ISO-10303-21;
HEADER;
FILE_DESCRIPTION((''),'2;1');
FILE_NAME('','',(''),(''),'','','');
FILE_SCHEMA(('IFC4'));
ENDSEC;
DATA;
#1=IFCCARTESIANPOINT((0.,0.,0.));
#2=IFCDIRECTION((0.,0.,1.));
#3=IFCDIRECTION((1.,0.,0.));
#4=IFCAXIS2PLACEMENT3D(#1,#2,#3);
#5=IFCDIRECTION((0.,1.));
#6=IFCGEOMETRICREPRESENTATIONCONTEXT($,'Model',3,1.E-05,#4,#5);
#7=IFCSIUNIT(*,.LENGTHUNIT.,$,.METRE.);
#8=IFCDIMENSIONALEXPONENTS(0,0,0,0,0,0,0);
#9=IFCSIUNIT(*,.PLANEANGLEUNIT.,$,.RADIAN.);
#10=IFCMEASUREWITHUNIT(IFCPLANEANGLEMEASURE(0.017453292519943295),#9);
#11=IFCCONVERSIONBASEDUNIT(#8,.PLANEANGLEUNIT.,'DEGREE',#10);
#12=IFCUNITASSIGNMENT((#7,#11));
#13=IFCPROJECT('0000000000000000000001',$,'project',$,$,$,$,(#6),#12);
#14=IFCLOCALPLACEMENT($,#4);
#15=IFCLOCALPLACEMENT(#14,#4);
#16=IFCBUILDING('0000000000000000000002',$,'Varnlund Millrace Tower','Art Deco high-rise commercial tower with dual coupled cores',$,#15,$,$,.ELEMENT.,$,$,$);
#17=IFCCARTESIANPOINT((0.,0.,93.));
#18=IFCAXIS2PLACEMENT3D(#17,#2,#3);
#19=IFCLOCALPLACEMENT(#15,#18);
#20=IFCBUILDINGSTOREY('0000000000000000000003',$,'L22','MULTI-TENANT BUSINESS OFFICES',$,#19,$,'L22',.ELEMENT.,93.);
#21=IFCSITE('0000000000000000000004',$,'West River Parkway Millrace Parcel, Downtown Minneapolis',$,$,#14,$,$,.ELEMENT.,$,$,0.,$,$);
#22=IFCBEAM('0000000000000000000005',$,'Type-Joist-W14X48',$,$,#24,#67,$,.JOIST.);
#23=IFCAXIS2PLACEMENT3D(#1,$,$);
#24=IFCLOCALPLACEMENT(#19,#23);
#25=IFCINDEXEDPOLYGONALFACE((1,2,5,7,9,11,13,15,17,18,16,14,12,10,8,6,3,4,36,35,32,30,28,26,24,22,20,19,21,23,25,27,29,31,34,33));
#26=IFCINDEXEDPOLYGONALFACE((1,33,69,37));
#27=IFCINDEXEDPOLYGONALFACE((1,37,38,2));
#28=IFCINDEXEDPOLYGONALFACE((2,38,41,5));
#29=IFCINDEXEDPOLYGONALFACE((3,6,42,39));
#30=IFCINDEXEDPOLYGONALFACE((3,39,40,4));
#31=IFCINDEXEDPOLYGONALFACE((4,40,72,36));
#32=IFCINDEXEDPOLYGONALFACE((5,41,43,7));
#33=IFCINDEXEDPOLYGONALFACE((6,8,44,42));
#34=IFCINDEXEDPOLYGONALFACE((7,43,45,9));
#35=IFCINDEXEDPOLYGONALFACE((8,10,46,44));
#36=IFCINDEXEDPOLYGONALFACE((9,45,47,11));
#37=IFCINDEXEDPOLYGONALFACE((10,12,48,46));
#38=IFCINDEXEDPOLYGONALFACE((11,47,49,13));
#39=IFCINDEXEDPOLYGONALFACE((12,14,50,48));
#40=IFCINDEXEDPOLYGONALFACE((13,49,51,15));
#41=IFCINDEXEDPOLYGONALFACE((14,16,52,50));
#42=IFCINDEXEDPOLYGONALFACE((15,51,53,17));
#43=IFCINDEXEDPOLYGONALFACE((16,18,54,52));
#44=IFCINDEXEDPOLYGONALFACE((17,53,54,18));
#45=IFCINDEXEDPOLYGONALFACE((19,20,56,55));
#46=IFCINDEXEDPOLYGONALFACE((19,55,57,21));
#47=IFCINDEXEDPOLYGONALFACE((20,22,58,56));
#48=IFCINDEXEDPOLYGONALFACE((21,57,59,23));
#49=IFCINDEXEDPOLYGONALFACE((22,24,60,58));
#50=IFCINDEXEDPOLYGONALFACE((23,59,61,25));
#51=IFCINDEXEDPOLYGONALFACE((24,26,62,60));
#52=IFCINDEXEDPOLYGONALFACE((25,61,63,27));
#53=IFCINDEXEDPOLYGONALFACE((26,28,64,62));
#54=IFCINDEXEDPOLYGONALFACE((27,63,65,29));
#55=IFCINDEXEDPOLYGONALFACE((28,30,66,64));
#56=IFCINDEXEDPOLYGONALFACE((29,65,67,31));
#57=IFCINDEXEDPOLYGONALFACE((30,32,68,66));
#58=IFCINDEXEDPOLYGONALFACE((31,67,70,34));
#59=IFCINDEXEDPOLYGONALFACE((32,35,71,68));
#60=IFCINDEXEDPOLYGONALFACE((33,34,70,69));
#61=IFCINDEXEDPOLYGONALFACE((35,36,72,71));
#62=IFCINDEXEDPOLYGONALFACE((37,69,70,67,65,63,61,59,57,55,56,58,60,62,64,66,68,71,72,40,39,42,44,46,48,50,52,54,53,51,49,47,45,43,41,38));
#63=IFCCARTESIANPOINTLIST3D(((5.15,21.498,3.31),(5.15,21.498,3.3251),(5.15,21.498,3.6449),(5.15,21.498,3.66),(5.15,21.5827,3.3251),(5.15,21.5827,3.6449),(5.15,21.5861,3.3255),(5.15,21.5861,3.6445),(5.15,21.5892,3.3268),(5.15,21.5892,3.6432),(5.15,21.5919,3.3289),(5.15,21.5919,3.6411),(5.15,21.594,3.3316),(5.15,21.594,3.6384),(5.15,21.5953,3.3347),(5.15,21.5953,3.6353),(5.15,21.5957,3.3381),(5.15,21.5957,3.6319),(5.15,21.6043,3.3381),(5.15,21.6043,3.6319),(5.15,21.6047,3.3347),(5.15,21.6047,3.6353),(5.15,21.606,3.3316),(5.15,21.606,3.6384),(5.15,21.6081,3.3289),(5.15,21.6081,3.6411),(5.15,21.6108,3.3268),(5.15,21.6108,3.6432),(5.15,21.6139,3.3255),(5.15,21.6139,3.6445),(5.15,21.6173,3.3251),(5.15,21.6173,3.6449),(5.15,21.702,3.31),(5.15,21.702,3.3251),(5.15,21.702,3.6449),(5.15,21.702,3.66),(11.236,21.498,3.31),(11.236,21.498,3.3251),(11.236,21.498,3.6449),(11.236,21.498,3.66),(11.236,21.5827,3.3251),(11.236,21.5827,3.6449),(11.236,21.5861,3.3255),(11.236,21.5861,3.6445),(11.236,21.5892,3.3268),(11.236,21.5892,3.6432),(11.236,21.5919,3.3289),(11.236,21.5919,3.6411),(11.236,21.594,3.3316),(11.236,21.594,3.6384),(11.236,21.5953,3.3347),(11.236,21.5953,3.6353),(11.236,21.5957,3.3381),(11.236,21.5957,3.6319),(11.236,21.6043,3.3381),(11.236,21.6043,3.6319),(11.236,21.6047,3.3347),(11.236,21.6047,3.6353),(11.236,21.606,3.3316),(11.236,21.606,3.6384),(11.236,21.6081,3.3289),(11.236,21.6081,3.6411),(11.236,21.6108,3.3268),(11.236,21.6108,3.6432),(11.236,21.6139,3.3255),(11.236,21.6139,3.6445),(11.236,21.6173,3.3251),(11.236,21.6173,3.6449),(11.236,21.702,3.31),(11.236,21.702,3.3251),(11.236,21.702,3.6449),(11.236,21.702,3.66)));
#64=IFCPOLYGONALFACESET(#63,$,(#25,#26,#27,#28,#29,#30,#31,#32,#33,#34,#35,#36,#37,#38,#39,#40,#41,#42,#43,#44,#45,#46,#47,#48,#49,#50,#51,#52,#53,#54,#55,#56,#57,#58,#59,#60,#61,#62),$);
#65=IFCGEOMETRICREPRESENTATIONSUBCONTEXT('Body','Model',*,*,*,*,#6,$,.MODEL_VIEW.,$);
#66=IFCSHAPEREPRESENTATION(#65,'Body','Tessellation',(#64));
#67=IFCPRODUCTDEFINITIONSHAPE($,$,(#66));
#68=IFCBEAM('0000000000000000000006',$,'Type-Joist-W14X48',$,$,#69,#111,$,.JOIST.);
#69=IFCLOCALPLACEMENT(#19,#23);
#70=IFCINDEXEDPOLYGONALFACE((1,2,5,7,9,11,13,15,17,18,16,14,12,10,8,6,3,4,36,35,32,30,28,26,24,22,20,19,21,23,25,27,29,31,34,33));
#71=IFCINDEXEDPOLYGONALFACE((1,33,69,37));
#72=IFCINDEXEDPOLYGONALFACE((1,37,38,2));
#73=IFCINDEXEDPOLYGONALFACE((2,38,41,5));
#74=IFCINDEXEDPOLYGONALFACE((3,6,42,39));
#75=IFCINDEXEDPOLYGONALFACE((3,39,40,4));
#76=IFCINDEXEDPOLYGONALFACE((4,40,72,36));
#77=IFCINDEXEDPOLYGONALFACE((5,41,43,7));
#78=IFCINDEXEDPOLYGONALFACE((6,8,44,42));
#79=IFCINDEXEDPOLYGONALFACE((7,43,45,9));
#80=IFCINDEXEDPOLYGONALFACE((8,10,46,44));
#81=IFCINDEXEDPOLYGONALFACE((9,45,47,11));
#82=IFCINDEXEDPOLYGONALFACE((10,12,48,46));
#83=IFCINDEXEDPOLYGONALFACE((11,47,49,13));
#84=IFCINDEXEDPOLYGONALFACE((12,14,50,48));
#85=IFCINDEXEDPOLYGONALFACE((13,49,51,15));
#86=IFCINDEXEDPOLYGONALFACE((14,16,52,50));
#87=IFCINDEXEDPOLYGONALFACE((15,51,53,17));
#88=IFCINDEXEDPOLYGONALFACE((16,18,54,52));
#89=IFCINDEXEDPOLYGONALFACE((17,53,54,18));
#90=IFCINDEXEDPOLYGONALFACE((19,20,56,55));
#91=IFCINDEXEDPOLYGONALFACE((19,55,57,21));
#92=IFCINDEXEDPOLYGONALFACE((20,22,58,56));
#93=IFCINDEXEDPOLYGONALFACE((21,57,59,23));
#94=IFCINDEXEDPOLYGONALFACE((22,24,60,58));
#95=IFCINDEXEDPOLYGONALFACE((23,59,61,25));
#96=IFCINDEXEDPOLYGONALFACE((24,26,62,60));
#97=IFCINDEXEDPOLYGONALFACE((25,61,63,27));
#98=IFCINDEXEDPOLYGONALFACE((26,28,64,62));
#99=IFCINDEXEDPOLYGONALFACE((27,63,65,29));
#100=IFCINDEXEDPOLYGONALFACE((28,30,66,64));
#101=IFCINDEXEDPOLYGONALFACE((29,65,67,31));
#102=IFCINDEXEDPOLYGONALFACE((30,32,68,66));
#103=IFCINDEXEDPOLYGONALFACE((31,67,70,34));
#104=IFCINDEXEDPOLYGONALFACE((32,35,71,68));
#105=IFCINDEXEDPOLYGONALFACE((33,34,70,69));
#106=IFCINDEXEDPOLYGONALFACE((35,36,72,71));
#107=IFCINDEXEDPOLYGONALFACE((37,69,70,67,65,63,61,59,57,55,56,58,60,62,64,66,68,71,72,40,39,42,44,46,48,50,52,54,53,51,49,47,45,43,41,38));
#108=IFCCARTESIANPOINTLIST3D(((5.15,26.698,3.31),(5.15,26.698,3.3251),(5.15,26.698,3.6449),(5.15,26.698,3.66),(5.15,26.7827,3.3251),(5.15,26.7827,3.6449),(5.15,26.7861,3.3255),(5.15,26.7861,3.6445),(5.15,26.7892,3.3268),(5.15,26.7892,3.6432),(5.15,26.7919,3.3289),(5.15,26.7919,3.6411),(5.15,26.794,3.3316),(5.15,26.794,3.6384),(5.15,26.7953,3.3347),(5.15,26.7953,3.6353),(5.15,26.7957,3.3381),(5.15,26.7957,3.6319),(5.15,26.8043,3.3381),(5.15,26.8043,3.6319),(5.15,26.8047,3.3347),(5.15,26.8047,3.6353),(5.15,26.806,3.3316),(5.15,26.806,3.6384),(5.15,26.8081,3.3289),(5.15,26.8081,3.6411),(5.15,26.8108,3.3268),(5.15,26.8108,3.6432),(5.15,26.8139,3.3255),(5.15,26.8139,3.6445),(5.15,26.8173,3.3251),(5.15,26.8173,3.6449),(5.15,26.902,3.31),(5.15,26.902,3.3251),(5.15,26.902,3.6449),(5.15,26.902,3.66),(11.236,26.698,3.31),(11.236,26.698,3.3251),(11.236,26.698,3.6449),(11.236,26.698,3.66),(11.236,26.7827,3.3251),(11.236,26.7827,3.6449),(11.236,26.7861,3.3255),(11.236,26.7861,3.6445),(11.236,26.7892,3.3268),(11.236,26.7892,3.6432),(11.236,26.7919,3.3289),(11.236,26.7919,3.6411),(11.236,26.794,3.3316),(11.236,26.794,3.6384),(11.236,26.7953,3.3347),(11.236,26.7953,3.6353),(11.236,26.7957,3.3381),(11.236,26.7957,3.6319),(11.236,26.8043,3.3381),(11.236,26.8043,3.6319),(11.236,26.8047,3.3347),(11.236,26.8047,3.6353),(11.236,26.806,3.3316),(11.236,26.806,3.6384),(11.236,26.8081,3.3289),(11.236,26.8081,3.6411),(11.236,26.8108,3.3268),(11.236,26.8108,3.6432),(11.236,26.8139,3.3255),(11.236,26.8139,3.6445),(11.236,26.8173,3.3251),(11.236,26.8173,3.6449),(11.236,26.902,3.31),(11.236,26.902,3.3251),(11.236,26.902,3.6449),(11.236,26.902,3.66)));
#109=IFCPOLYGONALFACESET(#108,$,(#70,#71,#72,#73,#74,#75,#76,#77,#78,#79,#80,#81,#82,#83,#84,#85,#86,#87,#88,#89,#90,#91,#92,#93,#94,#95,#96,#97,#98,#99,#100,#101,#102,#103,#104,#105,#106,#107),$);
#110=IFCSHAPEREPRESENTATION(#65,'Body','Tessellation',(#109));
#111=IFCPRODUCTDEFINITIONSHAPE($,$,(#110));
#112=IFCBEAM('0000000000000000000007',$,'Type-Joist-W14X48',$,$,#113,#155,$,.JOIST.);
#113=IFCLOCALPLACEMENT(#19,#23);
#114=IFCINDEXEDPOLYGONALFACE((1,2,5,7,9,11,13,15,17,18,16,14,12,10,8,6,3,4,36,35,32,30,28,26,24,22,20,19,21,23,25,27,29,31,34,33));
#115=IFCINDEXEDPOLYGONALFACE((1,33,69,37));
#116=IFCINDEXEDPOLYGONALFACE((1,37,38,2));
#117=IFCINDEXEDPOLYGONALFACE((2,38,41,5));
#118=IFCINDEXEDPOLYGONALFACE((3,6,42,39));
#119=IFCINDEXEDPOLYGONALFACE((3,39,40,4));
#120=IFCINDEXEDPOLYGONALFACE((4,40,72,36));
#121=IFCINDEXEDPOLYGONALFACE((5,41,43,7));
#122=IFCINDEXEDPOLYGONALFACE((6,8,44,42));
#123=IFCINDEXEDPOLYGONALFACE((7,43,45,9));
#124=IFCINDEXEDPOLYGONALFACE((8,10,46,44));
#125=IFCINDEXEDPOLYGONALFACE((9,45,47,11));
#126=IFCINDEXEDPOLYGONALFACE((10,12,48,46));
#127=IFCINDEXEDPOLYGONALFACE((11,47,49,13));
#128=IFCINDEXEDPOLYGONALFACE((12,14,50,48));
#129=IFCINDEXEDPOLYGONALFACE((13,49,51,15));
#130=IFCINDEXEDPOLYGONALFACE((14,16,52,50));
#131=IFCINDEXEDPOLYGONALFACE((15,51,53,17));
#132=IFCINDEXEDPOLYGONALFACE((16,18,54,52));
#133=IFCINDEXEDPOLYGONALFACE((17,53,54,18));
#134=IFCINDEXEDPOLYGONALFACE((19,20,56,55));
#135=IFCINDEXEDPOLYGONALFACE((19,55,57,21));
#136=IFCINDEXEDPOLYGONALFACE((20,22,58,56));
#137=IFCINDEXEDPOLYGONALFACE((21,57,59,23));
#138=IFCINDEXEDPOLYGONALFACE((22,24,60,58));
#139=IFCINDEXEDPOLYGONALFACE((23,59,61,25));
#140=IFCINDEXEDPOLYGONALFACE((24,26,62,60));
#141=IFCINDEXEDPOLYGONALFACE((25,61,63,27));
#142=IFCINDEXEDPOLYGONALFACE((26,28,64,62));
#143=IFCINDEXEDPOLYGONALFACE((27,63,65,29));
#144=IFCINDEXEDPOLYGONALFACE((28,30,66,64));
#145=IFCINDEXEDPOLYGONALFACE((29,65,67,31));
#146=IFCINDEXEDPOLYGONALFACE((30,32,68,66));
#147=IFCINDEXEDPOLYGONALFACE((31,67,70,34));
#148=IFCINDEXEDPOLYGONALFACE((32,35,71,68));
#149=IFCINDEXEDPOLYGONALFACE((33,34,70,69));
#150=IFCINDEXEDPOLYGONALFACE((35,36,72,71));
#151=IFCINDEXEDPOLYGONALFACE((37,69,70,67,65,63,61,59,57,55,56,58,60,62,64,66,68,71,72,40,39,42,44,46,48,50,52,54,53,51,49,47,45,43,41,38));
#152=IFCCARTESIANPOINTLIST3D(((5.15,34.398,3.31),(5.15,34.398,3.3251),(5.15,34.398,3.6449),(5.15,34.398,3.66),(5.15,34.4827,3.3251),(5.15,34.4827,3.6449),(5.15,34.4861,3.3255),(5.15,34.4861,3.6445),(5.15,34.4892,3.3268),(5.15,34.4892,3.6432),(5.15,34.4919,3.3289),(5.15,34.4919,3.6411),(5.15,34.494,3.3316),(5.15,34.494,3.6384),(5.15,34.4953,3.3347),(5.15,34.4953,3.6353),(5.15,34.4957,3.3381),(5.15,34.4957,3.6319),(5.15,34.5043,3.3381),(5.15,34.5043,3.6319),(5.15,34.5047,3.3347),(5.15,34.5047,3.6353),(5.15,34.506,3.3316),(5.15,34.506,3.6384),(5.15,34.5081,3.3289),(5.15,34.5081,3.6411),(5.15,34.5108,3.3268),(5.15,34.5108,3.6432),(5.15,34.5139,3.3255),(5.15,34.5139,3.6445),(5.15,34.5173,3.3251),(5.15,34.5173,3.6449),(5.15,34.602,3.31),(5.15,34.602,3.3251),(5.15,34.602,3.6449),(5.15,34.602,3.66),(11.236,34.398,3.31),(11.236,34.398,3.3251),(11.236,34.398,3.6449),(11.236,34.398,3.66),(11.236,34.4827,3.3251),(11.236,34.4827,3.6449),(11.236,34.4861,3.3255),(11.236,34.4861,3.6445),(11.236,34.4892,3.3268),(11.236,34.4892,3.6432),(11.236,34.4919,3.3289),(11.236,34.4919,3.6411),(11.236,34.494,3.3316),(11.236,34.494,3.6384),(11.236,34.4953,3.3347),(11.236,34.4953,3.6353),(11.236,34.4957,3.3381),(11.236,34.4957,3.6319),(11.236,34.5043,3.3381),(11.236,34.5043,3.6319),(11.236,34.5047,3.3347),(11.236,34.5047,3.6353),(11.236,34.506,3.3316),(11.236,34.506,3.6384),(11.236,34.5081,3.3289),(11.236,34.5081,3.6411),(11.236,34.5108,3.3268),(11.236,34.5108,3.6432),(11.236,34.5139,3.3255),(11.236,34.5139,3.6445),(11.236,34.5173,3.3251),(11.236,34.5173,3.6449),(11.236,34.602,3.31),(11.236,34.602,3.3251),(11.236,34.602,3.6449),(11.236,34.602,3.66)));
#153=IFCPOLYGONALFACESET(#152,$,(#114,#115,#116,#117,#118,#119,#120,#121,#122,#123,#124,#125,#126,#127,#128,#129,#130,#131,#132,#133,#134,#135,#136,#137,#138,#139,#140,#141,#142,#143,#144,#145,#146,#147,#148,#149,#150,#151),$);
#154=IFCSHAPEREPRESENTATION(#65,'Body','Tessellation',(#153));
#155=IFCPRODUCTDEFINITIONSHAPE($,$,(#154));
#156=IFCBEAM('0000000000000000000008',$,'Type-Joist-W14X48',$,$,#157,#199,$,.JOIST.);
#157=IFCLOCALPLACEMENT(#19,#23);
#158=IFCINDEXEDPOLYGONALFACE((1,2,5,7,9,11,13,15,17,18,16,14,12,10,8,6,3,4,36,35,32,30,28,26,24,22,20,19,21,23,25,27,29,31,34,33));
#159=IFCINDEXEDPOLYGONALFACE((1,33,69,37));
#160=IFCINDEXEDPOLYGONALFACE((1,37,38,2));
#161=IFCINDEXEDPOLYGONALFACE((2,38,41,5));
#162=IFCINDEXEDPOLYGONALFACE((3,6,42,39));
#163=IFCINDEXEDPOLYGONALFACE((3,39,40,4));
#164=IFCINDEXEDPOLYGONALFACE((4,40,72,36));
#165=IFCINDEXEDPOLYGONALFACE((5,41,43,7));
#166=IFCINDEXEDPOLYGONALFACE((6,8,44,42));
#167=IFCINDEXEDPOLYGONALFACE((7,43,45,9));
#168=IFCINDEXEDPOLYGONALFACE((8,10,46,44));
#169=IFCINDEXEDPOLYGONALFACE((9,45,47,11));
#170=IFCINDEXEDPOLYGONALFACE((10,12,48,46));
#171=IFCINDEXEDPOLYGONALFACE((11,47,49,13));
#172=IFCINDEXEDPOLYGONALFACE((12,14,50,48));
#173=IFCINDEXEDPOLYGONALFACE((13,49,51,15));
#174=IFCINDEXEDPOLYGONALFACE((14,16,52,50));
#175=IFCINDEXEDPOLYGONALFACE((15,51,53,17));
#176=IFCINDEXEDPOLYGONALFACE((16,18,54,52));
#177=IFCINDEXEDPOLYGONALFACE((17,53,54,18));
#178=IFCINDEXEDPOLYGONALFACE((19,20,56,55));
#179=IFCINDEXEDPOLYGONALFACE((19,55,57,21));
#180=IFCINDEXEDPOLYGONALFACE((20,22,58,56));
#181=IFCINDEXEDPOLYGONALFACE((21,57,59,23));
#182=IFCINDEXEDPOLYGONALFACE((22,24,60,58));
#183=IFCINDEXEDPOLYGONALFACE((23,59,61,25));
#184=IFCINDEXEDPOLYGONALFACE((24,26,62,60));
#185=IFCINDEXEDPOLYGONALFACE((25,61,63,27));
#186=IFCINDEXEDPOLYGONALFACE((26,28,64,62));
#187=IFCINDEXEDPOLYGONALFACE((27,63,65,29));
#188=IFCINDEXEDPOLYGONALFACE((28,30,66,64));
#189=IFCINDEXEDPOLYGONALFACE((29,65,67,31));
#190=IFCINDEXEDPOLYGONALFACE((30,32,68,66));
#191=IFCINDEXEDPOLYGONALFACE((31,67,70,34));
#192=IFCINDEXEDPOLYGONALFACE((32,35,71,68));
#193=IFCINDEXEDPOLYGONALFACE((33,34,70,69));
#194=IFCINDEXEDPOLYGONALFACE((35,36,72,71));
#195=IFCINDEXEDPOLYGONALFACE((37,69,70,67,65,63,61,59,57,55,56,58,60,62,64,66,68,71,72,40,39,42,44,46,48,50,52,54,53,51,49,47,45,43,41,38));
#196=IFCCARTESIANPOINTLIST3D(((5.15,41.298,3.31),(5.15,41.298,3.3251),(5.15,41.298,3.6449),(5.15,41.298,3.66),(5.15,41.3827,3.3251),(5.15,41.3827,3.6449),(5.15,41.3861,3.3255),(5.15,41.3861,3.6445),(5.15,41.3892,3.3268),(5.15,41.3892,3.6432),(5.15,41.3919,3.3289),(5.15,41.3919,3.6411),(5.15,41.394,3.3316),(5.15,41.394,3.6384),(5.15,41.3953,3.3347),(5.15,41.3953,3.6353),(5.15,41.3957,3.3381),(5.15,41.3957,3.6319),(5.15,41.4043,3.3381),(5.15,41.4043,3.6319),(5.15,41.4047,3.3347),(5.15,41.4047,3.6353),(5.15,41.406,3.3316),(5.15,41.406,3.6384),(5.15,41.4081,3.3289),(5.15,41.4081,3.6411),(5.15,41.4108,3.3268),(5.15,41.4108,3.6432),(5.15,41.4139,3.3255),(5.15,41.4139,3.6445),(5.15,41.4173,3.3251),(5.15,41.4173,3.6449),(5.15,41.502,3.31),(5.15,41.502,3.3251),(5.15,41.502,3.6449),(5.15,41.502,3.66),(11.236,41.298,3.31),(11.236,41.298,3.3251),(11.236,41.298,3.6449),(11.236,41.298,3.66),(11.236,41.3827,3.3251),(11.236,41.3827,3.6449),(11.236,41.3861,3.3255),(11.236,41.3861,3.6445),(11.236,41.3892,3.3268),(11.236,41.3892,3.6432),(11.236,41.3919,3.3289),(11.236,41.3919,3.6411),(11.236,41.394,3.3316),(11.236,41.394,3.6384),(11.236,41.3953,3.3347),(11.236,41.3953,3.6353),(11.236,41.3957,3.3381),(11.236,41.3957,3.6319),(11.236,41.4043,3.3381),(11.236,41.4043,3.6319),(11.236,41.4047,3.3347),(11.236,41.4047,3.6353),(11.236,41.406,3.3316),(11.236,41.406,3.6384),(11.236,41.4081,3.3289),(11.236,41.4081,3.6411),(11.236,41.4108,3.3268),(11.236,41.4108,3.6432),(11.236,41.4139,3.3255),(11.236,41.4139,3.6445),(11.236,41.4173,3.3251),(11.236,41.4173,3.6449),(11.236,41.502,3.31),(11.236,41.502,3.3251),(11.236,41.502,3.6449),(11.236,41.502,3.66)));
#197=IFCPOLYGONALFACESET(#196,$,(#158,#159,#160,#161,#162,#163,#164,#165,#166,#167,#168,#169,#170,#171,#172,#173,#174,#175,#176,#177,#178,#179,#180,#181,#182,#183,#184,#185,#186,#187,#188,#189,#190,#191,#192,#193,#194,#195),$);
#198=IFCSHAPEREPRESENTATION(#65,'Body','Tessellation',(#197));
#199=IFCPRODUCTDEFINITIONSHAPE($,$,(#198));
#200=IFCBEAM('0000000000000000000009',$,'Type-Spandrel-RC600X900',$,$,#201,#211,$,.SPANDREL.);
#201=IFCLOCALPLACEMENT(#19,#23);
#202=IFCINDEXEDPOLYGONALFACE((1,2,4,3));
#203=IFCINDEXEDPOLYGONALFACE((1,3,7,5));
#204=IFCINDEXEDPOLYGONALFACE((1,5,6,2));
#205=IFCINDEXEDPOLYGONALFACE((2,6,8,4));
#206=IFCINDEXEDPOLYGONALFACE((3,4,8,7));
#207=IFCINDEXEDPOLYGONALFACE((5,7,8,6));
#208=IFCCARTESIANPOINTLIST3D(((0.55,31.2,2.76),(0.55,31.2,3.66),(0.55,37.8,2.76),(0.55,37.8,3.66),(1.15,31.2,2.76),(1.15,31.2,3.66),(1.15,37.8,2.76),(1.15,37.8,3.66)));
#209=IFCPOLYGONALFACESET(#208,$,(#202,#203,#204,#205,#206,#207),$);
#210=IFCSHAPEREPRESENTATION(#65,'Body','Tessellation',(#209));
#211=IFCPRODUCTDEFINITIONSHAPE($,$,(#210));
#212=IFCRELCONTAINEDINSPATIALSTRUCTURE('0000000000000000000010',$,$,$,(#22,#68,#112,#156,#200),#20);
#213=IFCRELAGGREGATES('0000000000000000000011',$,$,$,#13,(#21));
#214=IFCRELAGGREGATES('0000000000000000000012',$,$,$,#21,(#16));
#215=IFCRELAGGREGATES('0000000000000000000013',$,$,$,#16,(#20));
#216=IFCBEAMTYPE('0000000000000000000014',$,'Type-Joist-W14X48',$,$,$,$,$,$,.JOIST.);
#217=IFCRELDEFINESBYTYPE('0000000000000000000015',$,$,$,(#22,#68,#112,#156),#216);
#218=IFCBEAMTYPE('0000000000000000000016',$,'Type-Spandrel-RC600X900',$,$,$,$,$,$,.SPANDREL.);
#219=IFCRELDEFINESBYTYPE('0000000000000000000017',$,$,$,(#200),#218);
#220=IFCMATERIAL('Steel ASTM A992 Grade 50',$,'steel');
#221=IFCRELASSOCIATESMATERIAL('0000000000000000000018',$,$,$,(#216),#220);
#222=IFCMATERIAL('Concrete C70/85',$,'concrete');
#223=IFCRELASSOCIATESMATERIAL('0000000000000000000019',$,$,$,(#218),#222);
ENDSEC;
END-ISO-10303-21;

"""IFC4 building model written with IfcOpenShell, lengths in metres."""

from ifc_helpers import new_model, entity, si_unit, converted_unit, direction, frame, origin_with_axes, origin_2d_with_axis, place, context, subcontext, project, spatial, rectangle, i_section, extrude, material, material_profile, profile_set, type_object, element, save


model = new_model("IFC4")

# Units and contexts
model_context = context("Model", 3, precision=1e-05, world=origin_with_axes(), true_north=direction((0.0, 1.0)))
body_context = subcontext(model_context, "Body", "Model", "MODEL_VIEW")
ifc_project = project(units=[si_unit("LENGTHUNIT", "METRE"), converted_unit("PLANEANGLEUNIT", "DEGREE", entity("IfcPlaneAngleMeasure", 0.017453292519943295), si_unit("PLANEANGLEUNIT", "RADIAN"), dimensions=[0, 0, 0, 0, 0, 0, 0])], contexts=[model_context])

# Site, building, storey
site_placement = place(None, origin_with_axes())
site = spatial("IfcSite", under=ifc_project, at=site_placement, Name="West River Parkway Millrace Parcel, Downtown Minneapolis", CompositionType="ELEMENT", RefElevation=0.0)
building_placement = place(site_placement, origin_with_axes())
building = spatial("IfcBuilding", under=site, at=building_placement, Name="Varnlund Millrace Tower", Description="Art Deco high-rise commercial tower with dual coupled cores", CompositionType="ELEMENT")
storey_placement = place(building_placement, frame((0.0, 0.0, 93.0), z_axis=(0.0, 0.0, 1.0), x_axis=(1.0, 0.0, 0.0)))
storey = spatial("IfcBuildingStorey", under=building, at=storey_placement, Name="L22", Description="MULTI-TENANT BUSINESS OFFICES", LongName="L22", CompositionType="ELEMENT", Elevation=93.0)

# Beams
ifc_material_1 = material(Name="Steel ASTM A992 Grade 50", Category="steel")
ifc_material_profile_1 = material_profile(ifc_material_1, i_section(OverallWidth=0.204, OverallDepth=0.35, WebThickness=0.0086, FlangeThickness=0.0151, FilletRadius=0.013, at=origin_2d_with_axis()), Name="Steel ASTM A992 Grade 50")
ifc_profile_set_1 = profile_set([ifc_material_profile_1], Name="Steel ASTM A992 Grade 50")
beam_type_1 = type_object("IfcBeamType", Name="Type-Joist-W14X48", PredefinedType="JOIST", material=ifc_profile_set_1)
for number, where, z_axis, x_axis, name in (
    (1, (5.15, 21.6, 3.485), (1.0, 0.0, 0.0), (0.0, 1.0, 0.0), "Type-Joist-W14X48"),
    (2, (5.15, 26.8, 3.485), (1.0, 0.0, 0.0), (0.0, 1.0, 0.0), "Type-Joist-W14X48"),
    (3, (5.15, 34.5, 3.485), (1.0, 0.0, 0.0), (0.0, 1.0, 0.0), "Type-Joist-W14X48"),
    (4, (5.15, 41.4, 3.485), (1.0, 0.0, 0.0), (0.0, 1.0, 0.0), "Type-Joist-W14X48"),
):
    element("IfcBeam", number, at=place(storey_placement, frame(where, z_axis=z_axis, x_axis=x_axis)), inside=storey, type_object=beam_type_1, Name=name, PredefinedType="JOIST", context=body_context, shape_type="SweptSolid", body=[
        extrude(i_section(OverallWidth=0.204, OverallDepth=0.35, WebThickness=0.0086, FlangeThickness=0.0151, FilletRadius=0.013, at=origin_2d_with_axis()), origin_with_axes(), (0.0, 0.0, 1.0), 6.086),
    ])
ifc_material_2 = material(Name="Concrete C70/85", Category="concrete")
ifc_material_profile_2 = material_profile(ifc_material_2, rectangle(XDim=0.6, YDim=0.9, at=origin_2d_with_axis()), Name="Concrete C70/85")
ifc_profile_set_2 = profile_set([ifc_material_profile_2], Name="Concrete C70/85")
beam_type_2 = type_object("IfcBeamType", Name="Type-Spandrel-RC600X900", PredefinedType="SPANDREL", material=ifc_profile_set_2)
beam_1_placement = place(storey_placement, frame((0.85, 31.2, 3.21), z_axis=(0.0, 1.0, 0.0), x_axis=(-1.0, 0.0, 0.0)))
element("IfcBeam", 5, at=beam_1_placement, inside=storey, type_object=beam_type_2, Name="Type-Spandrel-RC600X900", PredefinedType="SPANDREL", context=body_context, shape_type="SweptSolid", body=[
    extrude(rectangle(XDim=0.6, YDim=0.9, at=origin_2d_with_axis()), origin_with_axes(), (0.0, 0.0, 1.0), 6.6),
])

save(model, "model.ifc")
